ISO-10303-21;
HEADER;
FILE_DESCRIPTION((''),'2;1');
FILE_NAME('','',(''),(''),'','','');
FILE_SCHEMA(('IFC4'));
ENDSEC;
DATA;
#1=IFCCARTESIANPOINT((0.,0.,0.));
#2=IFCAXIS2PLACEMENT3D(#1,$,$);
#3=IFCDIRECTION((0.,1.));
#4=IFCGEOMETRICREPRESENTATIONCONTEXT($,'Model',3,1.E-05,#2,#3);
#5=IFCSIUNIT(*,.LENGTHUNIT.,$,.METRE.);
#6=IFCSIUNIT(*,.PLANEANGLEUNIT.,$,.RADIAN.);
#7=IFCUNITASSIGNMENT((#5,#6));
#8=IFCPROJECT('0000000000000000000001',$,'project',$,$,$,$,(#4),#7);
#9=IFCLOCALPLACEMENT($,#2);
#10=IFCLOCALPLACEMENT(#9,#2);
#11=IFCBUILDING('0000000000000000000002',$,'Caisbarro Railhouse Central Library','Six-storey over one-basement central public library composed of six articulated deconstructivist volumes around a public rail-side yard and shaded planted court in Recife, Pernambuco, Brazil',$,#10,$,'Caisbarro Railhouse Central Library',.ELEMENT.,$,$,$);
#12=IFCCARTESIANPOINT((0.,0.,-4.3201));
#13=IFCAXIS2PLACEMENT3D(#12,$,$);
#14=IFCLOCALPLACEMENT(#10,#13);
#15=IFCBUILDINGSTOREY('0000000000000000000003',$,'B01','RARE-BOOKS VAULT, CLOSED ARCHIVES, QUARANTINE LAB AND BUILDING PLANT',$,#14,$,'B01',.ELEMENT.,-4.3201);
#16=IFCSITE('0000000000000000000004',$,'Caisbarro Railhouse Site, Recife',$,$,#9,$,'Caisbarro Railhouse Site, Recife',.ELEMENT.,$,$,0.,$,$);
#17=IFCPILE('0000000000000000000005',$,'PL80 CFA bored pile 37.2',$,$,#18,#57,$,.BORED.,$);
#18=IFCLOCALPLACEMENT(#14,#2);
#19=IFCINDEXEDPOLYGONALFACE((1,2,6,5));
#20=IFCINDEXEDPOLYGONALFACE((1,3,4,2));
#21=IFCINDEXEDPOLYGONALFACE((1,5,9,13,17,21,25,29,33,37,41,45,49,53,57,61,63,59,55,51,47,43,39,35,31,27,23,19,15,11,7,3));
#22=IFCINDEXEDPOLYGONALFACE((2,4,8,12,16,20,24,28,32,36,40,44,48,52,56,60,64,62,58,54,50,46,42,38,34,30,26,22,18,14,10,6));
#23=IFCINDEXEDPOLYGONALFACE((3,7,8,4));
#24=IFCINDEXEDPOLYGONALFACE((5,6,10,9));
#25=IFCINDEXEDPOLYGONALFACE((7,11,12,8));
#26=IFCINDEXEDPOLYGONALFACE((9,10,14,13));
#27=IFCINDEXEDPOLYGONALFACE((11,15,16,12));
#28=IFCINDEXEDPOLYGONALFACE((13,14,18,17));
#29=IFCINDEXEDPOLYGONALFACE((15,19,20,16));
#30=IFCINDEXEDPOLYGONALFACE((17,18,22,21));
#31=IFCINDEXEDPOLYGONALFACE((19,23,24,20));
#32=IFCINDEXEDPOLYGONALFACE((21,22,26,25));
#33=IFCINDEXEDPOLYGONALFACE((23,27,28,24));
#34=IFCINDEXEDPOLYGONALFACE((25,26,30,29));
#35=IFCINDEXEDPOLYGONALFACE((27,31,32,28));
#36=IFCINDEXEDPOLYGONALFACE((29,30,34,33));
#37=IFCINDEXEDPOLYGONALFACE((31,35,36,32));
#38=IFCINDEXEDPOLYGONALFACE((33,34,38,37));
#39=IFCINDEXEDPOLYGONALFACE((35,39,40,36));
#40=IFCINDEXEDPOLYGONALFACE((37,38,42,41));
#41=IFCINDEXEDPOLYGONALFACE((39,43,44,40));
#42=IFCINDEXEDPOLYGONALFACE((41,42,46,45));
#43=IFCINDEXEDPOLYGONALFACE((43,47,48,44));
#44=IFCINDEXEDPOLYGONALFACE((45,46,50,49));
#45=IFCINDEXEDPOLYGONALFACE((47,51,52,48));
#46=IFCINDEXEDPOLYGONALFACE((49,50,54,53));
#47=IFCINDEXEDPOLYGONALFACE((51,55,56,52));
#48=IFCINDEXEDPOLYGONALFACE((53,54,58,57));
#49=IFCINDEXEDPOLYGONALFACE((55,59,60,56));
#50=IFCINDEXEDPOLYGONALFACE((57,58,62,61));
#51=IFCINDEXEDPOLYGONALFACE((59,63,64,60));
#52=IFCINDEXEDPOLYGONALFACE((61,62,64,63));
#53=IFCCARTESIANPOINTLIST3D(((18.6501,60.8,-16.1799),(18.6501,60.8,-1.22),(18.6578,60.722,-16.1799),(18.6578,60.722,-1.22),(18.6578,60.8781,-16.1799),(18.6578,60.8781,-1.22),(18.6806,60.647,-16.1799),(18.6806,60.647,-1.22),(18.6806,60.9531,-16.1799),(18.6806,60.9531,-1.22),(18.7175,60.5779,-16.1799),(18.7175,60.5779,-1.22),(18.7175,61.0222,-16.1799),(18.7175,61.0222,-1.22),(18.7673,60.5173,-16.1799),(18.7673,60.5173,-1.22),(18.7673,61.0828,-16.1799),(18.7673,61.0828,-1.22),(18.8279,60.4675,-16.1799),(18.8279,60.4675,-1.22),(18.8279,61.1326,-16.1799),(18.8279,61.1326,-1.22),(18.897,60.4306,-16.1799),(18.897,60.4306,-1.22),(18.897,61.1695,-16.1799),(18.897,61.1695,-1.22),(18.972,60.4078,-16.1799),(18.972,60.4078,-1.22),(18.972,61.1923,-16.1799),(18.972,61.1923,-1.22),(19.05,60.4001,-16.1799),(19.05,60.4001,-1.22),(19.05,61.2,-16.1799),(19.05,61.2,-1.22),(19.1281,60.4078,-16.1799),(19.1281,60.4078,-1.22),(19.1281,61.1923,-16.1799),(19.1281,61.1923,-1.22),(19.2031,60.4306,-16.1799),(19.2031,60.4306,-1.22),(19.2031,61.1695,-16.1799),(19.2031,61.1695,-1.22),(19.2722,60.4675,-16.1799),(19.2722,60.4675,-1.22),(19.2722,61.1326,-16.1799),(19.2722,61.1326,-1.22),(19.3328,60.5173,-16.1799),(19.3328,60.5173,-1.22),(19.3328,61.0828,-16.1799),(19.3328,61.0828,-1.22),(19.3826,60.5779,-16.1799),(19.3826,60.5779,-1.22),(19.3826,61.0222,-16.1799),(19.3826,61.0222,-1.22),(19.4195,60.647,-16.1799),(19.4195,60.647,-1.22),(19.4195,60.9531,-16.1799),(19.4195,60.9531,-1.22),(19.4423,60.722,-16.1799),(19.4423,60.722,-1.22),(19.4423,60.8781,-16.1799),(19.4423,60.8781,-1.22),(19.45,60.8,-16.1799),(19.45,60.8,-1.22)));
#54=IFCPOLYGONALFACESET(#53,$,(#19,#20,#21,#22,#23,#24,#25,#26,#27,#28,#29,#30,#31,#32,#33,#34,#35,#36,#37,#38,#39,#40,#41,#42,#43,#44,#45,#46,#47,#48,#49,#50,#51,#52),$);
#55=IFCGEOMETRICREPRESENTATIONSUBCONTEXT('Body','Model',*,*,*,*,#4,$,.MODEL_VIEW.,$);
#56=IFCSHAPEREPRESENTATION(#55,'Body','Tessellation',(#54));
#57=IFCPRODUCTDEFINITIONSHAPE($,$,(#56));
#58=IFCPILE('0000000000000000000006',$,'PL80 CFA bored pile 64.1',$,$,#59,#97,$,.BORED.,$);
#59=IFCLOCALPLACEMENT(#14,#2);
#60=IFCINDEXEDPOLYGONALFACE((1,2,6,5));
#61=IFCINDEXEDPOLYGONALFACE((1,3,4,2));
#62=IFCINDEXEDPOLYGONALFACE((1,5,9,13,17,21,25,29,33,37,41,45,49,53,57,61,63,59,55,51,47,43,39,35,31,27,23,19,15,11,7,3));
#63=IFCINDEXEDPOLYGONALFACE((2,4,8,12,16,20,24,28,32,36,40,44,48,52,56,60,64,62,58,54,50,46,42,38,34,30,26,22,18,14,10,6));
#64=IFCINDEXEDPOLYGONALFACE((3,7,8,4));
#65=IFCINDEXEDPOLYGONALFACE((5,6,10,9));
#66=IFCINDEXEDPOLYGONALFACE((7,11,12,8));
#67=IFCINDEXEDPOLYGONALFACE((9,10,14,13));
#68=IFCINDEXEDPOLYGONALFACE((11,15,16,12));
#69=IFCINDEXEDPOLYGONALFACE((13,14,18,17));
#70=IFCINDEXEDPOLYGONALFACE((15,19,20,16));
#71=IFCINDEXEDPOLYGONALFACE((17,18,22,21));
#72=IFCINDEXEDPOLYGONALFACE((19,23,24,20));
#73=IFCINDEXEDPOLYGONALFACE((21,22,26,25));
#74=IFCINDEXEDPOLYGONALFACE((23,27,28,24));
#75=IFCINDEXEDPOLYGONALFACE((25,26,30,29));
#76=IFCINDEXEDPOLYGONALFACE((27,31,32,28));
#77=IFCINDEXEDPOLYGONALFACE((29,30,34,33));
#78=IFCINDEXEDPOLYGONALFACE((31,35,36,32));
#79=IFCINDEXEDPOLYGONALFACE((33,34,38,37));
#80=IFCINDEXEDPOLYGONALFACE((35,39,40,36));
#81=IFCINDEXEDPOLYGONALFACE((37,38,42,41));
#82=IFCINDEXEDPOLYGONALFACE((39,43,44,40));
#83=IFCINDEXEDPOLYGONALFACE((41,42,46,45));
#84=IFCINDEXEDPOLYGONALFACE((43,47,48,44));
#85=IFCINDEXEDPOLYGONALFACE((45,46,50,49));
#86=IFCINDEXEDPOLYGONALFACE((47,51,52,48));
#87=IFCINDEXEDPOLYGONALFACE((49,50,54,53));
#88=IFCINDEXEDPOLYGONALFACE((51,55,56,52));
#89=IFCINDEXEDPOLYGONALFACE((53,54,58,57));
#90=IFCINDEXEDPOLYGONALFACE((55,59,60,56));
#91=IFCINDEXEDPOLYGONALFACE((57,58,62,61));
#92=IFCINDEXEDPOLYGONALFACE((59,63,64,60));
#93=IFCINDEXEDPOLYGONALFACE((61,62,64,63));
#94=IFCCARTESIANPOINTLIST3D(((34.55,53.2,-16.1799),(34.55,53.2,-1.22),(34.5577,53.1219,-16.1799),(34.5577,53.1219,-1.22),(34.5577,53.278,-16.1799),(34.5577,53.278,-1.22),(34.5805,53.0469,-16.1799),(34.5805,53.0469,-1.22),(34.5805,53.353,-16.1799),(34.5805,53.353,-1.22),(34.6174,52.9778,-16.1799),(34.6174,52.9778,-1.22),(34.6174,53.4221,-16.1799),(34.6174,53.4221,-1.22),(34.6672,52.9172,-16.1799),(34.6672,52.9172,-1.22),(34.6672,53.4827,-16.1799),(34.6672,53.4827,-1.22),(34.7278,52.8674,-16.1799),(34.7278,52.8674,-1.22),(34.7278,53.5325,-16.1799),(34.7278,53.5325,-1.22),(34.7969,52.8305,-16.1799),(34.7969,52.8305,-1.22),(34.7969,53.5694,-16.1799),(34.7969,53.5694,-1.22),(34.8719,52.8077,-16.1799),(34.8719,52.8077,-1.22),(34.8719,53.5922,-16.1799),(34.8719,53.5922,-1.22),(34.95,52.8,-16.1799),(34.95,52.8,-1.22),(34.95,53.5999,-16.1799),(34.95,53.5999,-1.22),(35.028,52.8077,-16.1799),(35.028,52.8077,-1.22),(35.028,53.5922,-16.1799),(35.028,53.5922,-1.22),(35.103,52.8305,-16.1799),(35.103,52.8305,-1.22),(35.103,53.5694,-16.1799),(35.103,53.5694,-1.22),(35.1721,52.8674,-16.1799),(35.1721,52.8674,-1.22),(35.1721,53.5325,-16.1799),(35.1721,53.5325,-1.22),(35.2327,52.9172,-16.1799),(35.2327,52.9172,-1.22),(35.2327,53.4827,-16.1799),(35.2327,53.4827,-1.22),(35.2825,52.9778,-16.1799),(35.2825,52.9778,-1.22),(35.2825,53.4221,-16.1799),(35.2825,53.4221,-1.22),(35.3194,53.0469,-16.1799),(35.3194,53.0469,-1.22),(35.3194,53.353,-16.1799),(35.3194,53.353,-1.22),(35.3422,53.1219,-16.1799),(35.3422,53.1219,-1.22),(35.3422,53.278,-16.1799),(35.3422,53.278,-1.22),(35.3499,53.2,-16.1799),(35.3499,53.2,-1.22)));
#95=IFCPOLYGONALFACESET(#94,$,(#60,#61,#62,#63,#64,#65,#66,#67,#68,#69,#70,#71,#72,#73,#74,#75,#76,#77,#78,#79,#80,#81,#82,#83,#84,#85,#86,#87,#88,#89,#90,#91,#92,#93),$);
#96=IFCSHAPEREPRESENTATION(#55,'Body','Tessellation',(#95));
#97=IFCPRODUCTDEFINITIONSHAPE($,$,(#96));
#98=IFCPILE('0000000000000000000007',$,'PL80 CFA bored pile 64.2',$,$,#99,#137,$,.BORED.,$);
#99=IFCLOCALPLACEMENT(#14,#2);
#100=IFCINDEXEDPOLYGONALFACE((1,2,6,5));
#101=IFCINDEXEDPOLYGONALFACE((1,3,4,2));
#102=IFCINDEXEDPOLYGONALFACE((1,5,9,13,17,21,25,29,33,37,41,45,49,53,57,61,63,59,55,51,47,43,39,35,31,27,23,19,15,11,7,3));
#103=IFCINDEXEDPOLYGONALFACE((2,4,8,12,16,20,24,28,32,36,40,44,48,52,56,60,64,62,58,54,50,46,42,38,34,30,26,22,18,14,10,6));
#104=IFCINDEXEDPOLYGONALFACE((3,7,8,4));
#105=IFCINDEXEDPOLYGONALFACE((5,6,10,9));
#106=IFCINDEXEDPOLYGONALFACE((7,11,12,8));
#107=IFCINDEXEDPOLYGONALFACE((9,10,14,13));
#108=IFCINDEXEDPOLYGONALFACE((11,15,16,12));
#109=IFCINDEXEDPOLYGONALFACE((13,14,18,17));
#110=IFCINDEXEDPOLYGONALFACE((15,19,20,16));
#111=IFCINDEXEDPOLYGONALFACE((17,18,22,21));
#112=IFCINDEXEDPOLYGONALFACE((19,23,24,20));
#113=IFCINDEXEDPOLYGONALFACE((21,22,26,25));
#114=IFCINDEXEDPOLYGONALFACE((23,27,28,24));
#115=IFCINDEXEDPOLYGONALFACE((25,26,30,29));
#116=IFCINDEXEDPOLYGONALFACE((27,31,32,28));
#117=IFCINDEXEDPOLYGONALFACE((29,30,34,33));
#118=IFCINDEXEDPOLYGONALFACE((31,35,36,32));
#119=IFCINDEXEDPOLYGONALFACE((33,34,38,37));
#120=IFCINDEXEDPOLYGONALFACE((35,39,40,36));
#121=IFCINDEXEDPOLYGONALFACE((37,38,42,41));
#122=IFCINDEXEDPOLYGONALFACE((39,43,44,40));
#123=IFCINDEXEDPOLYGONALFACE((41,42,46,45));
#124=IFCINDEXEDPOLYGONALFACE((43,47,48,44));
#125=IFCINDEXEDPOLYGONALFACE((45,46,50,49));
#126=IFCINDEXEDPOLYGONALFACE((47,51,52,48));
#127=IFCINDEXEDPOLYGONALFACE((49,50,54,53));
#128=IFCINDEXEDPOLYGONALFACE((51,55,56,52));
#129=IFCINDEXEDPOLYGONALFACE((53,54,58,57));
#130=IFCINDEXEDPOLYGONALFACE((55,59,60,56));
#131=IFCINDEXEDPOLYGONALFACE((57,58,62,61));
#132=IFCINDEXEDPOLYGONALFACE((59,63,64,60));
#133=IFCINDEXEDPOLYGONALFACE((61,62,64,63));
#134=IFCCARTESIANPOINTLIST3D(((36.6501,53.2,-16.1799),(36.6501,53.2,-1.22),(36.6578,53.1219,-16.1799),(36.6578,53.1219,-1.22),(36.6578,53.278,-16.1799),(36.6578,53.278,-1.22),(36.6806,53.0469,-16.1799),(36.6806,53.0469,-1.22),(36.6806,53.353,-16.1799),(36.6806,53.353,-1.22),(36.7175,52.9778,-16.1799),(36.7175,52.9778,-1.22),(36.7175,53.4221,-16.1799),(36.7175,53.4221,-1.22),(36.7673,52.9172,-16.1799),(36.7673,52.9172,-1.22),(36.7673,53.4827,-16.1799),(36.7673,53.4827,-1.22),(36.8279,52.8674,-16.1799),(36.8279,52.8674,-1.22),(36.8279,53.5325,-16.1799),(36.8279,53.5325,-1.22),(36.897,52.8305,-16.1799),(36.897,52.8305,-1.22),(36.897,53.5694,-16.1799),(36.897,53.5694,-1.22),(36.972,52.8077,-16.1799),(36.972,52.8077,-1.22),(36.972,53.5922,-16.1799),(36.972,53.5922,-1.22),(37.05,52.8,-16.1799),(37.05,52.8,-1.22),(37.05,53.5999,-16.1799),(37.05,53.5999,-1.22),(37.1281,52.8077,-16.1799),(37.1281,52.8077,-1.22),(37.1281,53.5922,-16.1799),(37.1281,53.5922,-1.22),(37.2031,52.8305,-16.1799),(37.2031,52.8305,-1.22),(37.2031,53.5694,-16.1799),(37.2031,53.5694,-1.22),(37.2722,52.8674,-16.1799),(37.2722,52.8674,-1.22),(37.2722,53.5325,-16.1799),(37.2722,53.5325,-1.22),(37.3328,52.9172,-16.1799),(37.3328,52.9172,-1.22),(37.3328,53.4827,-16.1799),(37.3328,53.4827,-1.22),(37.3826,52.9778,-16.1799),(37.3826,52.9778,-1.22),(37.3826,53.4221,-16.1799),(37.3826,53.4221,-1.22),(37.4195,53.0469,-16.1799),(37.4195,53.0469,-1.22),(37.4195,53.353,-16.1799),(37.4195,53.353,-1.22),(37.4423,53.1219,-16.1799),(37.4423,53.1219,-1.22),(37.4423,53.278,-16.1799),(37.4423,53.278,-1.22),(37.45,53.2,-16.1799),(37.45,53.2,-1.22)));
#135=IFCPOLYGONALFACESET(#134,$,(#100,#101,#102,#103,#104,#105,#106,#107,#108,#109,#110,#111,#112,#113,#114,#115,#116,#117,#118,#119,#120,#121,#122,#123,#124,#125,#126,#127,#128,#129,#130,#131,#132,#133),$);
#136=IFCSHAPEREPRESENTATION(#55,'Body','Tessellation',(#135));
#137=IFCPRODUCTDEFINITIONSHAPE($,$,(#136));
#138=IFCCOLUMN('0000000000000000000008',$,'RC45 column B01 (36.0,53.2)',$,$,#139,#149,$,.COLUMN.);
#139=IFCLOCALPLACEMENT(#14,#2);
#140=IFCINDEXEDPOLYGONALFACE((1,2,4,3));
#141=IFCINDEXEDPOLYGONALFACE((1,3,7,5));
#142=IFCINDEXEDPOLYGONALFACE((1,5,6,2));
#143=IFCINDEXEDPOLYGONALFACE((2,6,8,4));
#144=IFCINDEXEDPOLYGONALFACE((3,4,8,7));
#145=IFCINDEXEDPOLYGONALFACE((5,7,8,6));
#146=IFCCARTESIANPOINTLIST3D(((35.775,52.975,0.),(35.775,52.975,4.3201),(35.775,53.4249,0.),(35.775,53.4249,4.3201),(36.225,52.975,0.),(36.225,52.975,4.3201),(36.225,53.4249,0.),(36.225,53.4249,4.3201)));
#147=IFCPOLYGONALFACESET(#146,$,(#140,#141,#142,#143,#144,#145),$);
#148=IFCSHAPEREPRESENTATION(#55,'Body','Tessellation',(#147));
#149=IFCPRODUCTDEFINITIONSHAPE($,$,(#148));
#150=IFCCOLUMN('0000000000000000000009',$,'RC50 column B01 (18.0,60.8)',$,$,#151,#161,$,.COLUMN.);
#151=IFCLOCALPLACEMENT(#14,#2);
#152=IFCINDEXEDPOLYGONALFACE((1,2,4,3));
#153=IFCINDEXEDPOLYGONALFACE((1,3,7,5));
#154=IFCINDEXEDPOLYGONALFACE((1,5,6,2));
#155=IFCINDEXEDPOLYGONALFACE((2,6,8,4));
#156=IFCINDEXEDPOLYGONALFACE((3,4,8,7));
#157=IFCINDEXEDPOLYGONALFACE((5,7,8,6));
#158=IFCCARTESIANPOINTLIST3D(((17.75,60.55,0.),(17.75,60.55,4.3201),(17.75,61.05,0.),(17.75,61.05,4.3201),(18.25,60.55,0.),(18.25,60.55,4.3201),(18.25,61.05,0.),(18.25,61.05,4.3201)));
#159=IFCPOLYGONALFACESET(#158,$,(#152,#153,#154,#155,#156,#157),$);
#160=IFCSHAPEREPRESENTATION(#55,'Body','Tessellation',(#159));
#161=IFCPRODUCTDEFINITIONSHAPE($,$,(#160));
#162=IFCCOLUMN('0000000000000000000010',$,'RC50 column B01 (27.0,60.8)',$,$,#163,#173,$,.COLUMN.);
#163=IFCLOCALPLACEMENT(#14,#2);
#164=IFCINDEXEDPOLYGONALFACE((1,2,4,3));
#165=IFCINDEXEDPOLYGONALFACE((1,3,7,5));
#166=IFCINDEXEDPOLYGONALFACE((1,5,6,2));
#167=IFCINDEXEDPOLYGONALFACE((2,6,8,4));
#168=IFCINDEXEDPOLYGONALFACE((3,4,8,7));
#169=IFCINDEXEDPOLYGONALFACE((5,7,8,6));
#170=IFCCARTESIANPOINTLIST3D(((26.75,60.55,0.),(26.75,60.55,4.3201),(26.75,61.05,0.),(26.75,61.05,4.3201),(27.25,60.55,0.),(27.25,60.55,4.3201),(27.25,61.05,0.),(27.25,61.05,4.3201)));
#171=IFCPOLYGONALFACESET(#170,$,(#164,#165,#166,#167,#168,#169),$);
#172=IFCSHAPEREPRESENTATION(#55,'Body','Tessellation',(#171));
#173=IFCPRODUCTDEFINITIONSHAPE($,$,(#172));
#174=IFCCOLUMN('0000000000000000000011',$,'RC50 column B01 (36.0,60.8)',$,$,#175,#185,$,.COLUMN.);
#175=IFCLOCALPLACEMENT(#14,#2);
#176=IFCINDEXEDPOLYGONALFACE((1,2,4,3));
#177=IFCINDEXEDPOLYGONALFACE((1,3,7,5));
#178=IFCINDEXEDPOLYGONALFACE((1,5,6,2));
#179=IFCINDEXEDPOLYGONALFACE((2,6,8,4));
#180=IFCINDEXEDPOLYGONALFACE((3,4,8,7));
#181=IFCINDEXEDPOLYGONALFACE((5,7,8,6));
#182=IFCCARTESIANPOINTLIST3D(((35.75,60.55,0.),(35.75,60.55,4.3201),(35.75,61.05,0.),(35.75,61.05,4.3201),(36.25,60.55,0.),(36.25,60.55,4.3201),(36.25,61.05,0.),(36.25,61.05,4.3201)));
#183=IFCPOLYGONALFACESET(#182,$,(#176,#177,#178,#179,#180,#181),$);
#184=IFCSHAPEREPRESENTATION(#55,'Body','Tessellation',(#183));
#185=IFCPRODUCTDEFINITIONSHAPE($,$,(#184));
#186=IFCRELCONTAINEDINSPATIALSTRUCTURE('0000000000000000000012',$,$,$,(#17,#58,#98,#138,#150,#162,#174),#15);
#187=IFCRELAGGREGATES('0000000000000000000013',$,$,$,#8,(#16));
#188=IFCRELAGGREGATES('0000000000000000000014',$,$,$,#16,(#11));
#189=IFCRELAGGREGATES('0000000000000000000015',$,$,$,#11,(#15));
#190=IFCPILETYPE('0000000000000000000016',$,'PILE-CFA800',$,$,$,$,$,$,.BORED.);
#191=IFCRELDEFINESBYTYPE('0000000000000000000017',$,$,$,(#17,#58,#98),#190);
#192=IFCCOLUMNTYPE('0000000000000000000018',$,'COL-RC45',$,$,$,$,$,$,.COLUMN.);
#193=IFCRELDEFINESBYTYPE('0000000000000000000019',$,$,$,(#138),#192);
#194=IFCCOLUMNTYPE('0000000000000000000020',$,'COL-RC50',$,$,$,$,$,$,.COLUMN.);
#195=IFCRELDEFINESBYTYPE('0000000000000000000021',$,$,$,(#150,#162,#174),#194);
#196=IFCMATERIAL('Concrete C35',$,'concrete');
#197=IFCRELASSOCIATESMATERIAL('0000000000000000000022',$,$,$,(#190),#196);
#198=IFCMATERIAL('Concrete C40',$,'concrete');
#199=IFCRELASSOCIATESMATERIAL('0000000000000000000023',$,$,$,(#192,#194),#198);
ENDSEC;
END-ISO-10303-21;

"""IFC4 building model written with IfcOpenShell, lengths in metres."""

from ifc_helpers import new_model, si_unit, direction, frame, origin, origin_2d, place, context, subcontext, project, spatial, rectangle, circle, extrude, material, material_profile, profile_set, type_object, element, save


model = new_model("IFC4")

# Units and contexts
model_context = context("Model", 3, precision=1e-05, world=origin(), true_north=direction((0.0, 1.0)))
body_context = subcontext(model_context, "Body", "Model", "MODEL_VIEW")
ifc_project = project(units=[si_unit("LENGTHUNIT", "METRE"), si_unit("PLANEANGLEUNIT", "RADIAN")], contexts=[model_context])

# Site, building, storey
site_placement = place(None, origin())
site = spatial("IfcSite", under=ifc_project, at=site_placement, Name="Caisbarro Railhouse Site, Recife", LongName="Caisbarro Railhouse Site, Recife", CompositionType="ELEMENT", RefElevation=0.0)
building_placement = place(site_placement, origin())
building = spatial("IfcBuilding", under=site, at=building_placement, Name="Caisbarro Railhouse Central Library", Description="Six-storey over one-basement central public library composed of six articulated deconstructivist volumes around a public rail-side yard and shaded planted court in Recife, Pernambuco, Brazil", LongName="Caisbarro Railhouse Central Library", CompositionType="ELEMENT")
storey_placement = place(building_placement, frame((0.0, 0.0, -4.3201)))
storey = spatial("IfcBuildingStorey", under=building, at=storey_placement, Name="B01", Description="RARE-BOOKS VAULT, CLOSED ARCHIVES, QUARANTINE LAB AND BUILDING PLANT", LongName="B01", CompositionType="ELEMENT", Elevation=-4.3201)

# Shared definitions
ifc_material_1 = material(Name="Concrete C35", Category="concrete")
ifc_material_2 = material(Name="Concrete C40", Category="concrete")

# Piles
ifc_material_profile_1 = material_profile(ifc_material_1, circle(Radius=0.3999, at=origin_2d()), Name="PILE-CFA-800")
ifc_profile_set_1 = profile_set([ifc_material_profile_1], Name="Concrete C35")
pile_type_1 = type_object("IfcPileType", Name="PILE-CFA800", PredefinedType="BORED", material=ifc_profile_set_1)
for number, where, z_axis, x_axis, name in (
    (1, (19.05, 60.8, -1.22), (0.0, 0.0, -1.0), (1.0, 0.0, 0.0), "PL80 CFA bored pile 37.2"),
    (2, (34.95, 53.2, -1.22), (0.0, 0.0, -1.0), (1.0, 0.0, 0.0), "PL80 CFA bored pile 64.1"),
    (3, (37.05, 53.2, -1.22), (0.0, 0.0, -1.0), (1.0, 0.0, 0.0), "PL80 CFA bored pile 64.2"),
):
    element("IfcPile", number, at=place(storey_placement, frame(where, z_axis=z_axis, x_axis=x_axis)), inside=storey, type_object=pile_type_1, Name=name, PredefinedType="BORED", context=body_context, shape_type="SweptSolid", body=[
        extrude(circle(Radius=0.3999, at=origin_2d()), origin(), (0.0, 0.0, 1.0), 14.96),
    ])

# Columns
ifc_material_profile_2 = material_profile(ifc_material_2, rectangle(XDim=0.45, YDim=0.45, at=origin_2d()), Name="RC-COL-450X450")
ifc_profile_set_2 = profile_set([ifc_material_profile_2], Name="Concrete C40")
column_type_1 = type_object("IfcColumnType", Name="COL-RC45", PredefinedType="COLUMN", material=ifc_profile_set_2)
column_placement = place(storey_placement, frame((36.0, 53.2, 0.0), z_axis=(0.0, 0.0, 1.0), x_axis=(1.0, 0.0, 0.0)))
element("IfcColumn", 4, at=column_placement, inside=storey, type_object=column_type_1, Name="RC45 column B01 (36.0,53.2)", PredefinedType="COLUMN", context=body_context, shape_type="SweptSolid", body=[
    extrude(rectangle(XDim=0.45, YDim=0.45, at=origin_2d()), origin(), (0.0, 0.0, 1.0), 4.3201),
])
ifc_material_profile_3 = material_profile(ifc_material_2, rectangle(XDim=0.5, YDim=0.5, at=origin_2d()), Name="RC-COL-500X500")
ifc_profile_set_3 = profile_set([ifc_material_profile_3], Name="Concrete C40")
column_type_2 = type_object("IfcColumnType", Name="COL-RC50", PredefinedType="COLUMN", material=ifc_profile_set_3)
for number, where, z_axis, x_axis, name in (
    (5, (18.0, 60.8, 0.0), (0.0, 0.0, 1.0), (1.0, 0.0, 0.0), "RC50 column B01 (18.0,60.8)"),
    (6, (27.0, 60.8, 0.0), (0.0, 0.0, 1.0), (1.0, 0.0, 0.0), "RC50 column B01 (27.0,60.8)"),
    (7, (36.0, 60.8, 0.0), (0.0, 0.0, 1.0), (1.0, 0.0, 0.0), "RC50 column B01 (36.0,60.8)"),
):
    element("IfcColumn", number, at=place(storey_placement, frame(where, z_axis=z_axis, x_axis=x_axis)), inside=storey, type_object=column_type_2, Name=name, PredefinedType="COLUMN", context=body_context, shape_type="SweptSolid", body=[
        extrude(rectangle(XDim=0.5, YDim=0.5, at=origin_2d()), origin(), (0.0, 0.0, 1.0), 4.3201),
    ])

save(model, "model.ifc")
